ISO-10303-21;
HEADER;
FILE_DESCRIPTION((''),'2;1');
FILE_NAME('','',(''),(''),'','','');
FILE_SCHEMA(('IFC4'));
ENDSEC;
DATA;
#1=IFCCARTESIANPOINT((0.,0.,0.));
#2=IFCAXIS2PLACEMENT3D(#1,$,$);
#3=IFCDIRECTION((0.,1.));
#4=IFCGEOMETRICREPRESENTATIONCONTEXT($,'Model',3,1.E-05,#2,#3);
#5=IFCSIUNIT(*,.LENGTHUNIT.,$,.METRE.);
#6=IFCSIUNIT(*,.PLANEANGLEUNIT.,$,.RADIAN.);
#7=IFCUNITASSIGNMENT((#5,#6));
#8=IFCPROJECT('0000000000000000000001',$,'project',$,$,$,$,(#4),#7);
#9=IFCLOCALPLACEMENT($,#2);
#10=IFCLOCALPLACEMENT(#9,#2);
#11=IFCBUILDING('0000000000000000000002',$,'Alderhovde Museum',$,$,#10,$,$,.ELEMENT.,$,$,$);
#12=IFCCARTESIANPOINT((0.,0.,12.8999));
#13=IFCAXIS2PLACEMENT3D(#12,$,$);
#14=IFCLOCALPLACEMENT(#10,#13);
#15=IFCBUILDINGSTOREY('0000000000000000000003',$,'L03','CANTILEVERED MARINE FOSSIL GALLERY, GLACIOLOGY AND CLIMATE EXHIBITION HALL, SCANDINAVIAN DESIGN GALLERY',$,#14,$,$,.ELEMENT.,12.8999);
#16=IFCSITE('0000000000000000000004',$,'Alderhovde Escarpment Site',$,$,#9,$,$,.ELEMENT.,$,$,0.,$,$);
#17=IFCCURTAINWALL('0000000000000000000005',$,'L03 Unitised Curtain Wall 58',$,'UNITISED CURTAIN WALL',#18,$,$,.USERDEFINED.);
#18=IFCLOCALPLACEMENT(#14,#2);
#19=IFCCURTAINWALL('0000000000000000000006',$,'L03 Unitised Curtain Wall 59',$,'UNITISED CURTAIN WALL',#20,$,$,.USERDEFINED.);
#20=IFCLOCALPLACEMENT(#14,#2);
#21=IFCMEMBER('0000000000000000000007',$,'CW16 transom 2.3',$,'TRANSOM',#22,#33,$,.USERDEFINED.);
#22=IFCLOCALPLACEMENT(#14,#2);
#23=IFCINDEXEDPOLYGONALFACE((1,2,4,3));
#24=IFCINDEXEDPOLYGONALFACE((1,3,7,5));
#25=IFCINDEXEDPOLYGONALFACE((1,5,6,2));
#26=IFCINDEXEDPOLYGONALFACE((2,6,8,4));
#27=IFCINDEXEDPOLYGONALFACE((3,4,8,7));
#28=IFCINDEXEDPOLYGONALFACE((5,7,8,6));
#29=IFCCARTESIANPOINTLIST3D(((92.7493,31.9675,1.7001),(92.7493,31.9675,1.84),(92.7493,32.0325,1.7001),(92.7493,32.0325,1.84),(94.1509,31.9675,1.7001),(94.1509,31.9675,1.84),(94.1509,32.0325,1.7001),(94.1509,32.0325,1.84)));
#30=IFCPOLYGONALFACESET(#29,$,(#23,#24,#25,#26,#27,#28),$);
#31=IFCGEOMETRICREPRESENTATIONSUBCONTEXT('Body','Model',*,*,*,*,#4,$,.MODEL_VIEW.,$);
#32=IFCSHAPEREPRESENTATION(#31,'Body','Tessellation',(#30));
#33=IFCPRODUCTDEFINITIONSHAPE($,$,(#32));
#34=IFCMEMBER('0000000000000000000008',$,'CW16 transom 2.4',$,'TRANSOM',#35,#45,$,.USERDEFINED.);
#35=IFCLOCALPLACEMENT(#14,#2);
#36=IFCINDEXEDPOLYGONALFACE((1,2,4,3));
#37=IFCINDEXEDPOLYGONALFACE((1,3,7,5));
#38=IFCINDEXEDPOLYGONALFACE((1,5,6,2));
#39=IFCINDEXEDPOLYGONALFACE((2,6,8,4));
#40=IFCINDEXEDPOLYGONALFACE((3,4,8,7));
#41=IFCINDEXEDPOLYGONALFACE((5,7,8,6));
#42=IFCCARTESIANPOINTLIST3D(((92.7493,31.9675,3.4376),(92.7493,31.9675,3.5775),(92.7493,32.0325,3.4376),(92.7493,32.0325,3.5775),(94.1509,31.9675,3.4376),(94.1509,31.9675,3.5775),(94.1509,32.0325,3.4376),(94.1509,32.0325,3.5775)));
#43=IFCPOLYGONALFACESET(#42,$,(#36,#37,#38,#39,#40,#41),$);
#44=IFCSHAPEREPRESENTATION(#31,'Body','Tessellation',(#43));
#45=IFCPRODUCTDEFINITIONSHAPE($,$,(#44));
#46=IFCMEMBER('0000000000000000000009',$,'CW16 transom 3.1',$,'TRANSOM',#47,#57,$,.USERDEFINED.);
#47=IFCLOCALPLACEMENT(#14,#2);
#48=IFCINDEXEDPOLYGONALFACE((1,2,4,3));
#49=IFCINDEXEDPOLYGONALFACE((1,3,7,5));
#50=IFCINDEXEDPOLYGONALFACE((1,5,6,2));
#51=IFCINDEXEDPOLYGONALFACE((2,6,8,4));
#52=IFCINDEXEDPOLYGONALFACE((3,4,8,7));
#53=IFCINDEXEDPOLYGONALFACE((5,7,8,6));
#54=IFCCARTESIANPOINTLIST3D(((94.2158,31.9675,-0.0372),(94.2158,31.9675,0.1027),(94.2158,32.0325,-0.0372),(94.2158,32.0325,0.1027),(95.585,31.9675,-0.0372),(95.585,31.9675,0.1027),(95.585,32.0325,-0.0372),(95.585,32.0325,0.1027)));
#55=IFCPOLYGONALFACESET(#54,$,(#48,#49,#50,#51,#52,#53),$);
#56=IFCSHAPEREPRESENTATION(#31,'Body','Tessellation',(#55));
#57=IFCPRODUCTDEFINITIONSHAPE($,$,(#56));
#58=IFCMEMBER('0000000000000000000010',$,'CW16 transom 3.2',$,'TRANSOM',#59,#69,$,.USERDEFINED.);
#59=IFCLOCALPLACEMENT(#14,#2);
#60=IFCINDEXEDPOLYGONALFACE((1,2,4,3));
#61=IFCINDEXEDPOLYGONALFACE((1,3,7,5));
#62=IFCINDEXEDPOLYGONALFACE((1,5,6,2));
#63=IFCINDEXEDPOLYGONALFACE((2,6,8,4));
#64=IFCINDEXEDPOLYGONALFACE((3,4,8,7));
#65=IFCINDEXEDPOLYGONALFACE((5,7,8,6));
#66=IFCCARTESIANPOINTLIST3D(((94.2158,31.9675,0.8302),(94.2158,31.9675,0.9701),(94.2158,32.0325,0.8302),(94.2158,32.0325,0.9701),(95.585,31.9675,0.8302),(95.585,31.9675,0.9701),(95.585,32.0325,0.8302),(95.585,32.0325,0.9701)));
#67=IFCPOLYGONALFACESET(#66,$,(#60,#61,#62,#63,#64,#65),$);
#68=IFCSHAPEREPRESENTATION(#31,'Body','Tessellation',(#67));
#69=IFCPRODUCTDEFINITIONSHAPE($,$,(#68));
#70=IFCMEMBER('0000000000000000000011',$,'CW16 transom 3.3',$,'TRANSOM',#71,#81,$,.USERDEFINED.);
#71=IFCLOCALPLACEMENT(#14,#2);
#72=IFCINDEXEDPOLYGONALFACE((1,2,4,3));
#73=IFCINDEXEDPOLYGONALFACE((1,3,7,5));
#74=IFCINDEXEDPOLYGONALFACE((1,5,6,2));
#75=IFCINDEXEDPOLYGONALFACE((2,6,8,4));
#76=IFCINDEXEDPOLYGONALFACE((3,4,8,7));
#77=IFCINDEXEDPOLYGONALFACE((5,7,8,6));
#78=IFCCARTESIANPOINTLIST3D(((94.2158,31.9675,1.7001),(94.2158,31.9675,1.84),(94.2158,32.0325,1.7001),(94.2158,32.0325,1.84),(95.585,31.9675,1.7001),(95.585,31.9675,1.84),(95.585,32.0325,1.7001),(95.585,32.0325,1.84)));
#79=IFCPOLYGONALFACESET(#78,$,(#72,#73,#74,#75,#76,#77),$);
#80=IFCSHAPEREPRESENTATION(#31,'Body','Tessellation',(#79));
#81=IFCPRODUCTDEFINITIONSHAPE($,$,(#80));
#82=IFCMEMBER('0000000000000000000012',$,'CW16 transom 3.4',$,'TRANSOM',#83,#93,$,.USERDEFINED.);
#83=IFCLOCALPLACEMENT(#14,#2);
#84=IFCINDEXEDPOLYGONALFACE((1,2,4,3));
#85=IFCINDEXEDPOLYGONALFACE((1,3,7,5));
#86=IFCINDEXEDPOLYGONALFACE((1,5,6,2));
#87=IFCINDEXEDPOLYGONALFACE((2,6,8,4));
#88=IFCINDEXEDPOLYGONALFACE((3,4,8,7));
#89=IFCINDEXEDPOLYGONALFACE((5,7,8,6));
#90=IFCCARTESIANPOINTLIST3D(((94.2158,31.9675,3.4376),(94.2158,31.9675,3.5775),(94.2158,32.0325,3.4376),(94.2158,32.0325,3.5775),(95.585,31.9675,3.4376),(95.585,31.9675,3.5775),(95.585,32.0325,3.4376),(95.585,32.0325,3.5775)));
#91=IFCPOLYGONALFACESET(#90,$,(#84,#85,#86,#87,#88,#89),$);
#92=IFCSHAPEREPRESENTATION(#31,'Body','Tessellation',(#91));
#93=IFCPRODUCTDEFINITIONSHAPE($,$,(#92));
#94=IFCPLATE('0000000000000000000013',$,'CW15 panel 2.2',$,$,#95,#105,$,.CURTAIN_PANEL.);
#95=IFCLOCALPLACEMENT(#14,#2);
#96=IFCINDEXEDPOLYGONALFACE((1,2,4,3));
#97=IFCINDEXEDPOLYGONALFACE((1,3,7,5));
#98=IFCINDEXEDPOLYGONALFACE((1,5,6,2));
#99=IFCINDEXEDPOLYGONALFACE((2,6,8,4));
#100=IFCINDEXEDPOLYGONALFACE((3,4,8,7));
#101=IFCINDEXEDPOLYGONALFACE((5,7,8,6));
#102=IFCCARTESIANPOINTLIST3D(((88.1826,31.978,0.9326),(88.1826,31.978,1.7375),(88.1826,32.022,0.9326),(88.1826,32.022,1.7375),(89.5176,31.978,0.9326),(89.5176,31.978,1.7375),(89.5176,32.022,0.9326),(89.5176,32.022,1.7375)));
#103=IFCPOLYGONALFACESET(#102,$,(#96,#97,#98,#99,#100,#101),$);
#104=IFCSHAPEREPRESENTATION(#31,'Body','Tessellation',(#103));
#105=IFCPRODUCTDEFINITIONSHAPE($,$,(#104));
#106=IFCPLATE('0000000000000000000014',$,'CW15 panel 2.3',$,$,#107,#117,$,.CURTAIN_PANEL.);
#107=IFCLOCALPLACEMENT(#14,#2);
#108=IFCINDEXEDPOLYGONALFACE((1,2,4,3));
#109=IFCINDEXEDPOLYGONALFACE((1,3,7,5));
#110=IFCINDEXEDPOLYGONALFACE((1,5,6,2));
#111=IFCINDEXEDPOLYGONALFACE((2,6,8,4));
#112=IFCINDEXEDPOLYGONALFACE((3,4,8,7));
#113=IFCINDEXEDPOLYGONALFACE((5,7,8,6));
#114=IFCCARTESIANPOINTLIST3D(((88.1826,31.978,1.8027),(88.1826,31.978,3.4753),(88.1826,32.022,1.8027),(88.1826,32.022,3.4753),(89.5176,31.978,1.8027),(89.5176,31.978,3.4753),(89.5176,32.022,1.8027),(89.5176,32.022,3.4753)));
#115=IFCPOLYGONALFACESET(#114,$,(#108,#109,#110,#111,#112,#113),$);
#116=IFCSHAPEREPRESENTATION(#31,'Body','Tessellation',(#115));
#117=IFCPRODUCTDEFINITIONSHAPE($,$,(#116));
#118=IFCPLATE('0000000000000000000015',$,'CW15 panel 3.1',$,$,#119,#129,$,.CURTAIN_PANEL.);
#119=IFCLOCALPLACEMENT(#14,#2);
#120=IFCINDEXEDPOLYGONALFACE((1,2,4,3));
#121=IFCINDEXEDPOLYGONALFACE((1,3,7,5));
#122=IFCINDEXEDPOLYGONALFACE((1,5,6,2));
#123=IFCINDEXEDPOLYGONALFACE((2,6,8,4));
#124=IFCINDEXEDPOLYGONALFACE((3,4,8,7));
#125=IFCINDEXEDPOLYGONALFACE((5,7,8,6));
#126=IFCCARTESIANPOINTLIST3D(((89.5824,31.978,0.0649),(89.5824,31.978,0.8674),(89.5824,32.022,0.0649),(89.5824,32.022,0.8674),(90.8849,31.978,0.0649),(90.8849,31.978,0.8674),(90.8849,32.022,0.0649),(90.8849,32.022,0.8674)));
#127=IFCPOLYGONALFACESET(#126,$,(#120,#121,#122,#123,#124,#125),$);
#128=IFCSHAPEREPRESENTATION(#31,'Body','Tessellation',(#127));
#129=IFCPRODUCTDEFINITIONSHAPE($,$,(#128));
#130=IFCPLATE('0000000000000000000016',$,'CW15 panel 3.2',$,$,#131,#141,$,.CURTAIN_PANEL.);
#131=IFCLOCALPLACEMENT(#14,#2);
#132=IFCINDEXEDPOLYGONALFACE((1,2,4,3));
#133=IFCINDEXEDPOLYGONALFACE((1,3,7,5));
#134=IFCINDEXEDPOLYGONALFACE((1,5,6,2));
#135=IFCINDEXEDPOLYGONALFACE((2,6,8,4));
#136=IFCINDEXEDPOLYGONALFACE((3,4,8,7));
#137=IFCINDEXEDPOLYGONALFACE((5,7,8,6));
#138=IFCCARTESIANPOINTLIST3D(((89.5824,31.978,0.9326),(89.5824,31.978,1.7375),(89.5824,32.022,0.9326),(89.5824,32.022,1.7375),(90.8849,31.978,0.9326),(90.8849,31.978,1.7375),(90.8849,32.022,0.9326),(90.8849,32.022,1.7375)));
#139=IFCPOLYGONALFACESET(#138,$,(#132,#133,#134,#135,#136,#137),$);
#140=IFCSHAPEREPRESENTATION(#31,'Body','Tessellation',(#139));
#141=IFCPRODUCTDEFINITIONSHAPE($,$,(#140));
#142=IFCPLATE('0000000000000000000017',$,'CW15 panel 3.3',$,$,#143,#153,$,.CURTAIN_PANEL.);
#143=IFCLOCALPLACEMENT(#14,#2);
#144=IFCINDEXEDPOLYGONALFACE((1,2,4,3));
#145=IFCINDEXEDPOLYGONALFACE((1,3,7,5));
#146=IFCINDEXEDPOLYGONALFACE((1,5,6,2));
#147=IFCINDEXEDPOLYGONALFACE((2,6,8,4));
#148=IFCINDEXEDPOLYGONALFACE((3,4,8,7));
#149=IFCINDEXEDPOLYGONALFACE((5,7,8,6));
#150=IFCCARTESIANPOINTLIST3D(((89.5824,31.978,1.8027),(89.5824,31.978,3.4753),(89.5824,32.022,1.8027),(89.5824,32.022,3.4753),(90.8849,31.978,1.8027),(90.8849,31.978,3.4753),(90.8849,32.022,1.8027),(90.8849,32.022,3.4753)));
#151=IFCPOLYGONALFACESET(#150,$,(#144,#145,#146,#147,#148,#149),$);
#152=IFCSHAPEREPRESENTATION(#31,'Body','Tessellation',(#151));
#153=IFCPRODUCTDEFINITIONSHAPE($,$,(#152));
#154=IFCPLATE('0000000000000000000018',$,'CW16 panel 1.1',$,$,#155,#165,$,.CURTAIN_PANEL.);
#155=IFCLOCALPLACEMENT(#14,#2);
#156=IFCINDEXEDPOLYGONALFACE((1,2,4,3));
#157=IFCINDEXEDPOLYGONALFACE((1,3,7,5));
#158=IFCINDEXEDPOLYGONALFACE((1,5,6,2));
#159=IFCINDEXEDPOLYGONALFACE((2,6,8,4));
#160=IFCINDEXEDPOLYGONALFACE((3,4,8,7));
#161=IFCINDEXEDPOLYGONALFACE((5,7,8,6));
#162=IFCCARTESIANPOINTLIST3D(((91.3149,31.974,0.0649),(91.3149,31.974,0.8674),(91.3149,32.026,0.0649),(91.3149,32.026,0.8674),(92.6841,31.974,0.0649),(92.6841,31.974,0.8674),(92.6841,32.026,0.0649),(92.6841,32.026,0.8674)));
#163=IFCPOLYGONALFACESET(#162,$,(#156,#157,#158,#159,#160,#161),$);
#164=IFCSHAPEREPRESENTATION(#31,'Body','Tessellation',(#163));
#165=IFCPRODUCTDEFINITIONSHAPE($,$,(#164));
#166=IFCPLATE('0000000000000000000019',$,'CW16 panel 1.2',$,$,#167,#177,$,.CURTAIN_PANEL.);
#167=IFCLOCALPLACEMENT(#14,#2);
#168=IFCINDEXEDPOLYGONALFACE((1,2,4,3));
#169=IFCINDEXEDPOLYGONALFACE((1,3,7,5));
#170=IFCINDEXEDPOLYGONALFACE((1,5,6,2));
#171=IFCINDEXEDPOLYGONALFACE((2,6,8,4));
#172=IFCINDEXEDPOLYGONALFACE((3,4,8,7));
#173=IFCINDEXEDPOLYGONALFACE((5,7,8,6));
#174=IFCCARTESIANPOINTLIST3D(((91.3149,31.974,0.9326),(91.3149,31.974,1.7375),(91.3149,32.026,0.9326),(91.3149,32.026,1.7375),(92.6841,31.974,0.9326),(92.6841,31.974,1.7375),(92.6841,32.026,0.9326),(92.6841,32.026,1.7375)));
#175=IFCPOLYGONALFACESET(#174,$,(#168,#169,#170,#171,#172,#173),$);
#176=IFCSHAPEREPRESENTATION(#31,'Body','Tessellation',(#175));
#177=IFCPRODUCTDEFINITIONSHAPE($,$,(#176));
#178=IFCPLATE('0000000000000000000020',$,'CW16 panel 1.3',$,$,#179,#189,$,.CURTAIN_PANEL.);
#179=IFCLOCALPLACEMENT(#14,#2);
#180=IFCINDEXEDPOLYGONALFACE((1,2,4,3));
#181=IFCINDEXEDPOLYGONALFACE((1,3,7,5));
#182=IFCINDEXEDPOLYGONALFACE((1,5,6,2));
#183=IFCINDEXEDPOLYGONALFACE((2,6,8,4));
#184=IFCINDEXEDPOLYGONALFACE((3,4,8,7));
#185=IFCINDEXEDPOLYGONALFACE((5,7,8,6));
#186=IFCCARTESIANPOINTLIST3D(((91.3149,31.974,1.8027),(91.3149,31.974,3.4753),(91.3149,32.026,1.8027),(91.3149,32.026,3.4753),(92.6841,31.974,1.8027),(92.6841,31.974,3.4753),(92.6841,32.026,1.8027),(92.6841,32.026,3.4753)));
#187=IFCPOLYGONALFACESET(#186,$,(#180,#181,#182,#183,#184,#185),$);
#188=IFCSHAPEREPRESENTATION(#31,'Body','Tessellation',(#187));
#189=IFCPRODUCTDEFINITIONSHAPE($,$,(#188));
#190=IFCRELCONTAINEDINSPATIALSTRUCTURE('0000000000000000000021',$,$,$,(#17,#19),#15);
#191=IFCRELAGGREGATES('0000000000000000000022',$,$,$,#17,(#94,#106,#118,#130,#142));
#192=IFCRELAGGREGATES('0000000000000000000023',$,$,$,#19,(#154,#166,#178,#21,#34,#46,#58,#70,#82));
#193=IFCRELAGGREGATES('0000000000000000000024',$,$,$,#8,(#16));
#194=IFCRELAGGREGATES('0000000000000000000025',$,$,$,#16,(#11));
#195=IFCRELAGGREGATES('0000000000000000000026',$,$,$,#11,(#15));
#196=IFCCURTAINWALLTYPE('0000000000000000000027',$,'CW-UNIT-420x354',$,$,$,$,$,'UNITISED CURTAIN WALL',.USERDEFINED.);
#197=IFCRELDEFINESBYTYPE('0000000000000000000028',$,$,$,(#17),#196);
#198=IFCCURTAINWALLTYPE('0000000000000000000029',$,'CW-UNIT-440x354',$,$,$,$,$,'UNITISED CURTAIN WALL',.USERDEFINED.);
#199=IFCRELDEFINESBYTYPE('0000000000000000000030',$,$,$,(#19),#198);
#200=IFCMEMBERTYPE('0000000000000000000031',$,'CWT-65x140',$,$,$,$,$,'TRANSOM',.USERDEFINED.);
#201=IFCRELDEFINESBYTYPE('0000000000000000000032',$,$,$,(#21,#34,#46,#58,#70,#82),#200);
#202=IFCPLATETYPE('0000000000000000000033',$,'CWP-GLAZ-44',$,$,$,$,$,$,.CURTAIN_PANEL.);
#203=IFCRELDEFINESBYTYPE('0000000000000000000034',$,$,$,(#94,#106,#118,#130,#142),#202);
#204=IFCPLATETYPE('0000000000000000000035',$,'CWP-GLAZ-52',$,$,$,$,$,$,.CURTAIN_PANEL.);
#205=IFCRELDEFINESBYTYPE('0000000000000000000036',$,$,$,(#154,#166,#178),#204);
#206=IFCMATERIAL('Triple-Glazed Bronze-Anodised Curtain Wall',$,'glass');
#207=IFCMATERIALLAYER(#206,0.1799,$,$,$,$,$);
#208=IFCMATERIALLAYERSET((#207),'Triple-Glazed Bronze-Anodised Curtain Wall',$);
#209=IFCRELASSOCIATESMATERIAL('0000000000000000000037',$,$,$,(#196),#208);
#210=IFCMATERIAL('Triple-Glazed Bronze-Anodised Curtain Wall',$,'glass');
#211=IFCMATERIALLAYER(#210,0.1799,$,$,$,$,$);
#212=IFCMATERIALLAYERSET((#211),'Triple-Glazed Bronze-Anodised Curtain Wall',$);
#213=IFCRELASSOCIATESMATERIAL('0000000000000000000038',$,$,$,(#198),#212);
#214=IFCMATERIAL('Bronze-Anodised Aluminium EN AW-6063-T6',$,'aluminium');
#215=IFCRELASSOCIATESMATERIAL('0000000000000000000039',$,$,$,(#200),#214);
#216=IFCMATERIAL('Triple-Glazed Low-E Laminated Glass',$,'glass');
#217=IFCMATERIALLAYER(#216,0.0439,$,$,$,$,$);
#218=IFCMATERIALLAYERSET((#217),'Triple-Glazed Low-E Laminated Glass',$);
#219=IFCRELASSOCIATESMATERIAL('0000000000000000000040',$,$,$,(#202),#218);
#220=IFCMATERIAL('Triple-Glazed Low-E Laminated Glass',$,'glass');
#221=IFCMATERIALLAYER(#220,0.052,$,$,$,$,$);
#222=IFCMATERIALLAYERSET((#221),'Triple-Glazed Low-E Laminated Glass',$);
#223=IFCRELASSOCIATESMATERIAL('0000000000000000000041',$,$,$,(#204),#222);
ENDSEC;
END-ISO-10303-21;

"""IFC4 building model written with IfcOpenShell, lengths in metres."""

from ifc_helpers import new_model, si_unit, direction, frame, origin, origin_2d, place, context, subcontext, project, spatial, rectangle, extrude, material, layer, layer_set, material_profile, profile_set, type_object, element, aggregate, save


model = new_model("IFC4")

# Units and contexts
model_context = context("Model", 3, precision=1e-05, world=origin(), true_north=direction((0.0, 1.0)))
body_context = subcontext(model_context, "Body", "Model", "MODEL_VIEW")
ifc_project = project(units=[si_unit("LENGTHUNIT", "METRE"), si_unit("PLANEANGLEUNIT", "RADIAN")], contexts=[model_context])

# Site, building, storey
site_placement = place(None, origin())
site = spatial("IfcSite", under=ifc_project, at=site_placement, Name="Alderhovde Escarpment Site", CompositionType="ELEMENT", RefElevation=0.0)
building_placement = place(site_placement, origin())
building = spatial("IfcBuilding", under=site, at=building_placement, Name="Alderhovde Museum", CompositionType="ELEMENT")
storey_placement = place(building_placement, frame((0.0, 0.0, 12.8999)))
storey = spatial("IfcBuildingStorey", under=building, at=storey_placement, Name="L03", Description="CANTILEVERED MARINE FOSSIL GALLERY, GLACIOLOGY AND CLIMATE EXHIBITION HALL, SCANDINAVIAN DESIGN GALLERY", CompositionType="ELEMENT", Elevation=12.8999)

# Curtain walls
ifc_material_1 = material(Name="Triple-Glazed Bronze-Anodised Curtain Wall", Category="glass")
ifc_layer_1 = layer(ifc_material_1, 0.1799)
ifc_layer_set_1 = layer_set([ifc_layer_1], Name="Triple-Glazed Bronze-Anodised Curtain Wall")
curtain_wall_type_1 = type_object("IfcCurtainWallType", Name="CW-UNIT-420x354", ElementType="UNITISED CURTAIN WALL", PredefinedType="USERDEFINED", material=ifc_layer_set_1)
curtain_wall_1_placement = place(storey_placement, origin())
curtain_wall_1 = element("IfcCurtainWall", 1, at=curtain_wall_1_placement, inside=storey, type_object=curtain_wall_type_1, Name="L03 Unitised Curtain Wall 58", ObjectType="UNITISED CURTAIN WALL", PredefinedType="USERDEFINED")
ifc_material_2 = material(Name="Triple-Glazed Bronze-Anodised Curtain Wall", Category="glass")
ifc_layer_2 = layer(ifc_material_2, 0.1799)
ifc_layer_set_2 = layer_set([ifc_layer_2], Name="Triple-Glazed Bronze-Anodised Curtain Wall")
curtain_wall_type_2 = type_object("IfcCurtainWallType", Name="CW-UNIT-440x354", ElementType="UNITISED CURTAIN WALL", PredefinedType="USERDEFINED", material=ifc_layer_set_2)
curtain_wall_2_placement = place(storey_placement, origin())
curtain_wall_2 = element("IfcCurtainWall", 2, at=curtain_wall_2_placement, inside=storey, type_object=curtain_wall_type_2, Name="L03 Unitised Curtain Wall 59", ObjectType="UNITISED CURTAIN WALL", PredefinedType="USERDEFINED")

# Members
ifc_material_3 = material(Name="Bronze-Anodised Aluminium EN AW-6063-T6", Category="aluminium")
ifc_material_profile_1 = material_profile(ifc_material_3, rectangle(XDim=0.0649, YDim=0.1399, at=origin_2d()), Name="TRANSOM 65x140")
ifc_profile_set_1 = profile_set([ifc_material_profile_1], Name="Bronze-Anodised Aluminium EN AW-6063-T6")
member_type_1 = type_object("IfcMemberType", Name="CWT-65x140", ElementType="TRANSOM", PredefinedType="USERDEFINED", material=ifc_profile_set_1)
member_1_placement = place(storey_placement, frame((92.7493, 32.0, 1.77), z_axis=(1.0, 0.0, 0.0), x_axis=(0.0, 1.0, 0.0)))
member_1 = element("IfcMember", 3, at=member_1_placement, type_object=member_type_1, Name="CW16 transom 2.3", ObjectType="TRANSOM", PredefinedType="USERDEFINED", context=body_context, shape_type="SweptSolid", body=[
    extrude(rectangle(XDim=0.0649, YDim=0.1399, at=origin_2d()), origin(), (0.0, 0.0, 1.0), 1.4016),
])
member_2_placement = place(storey_placement, frame((92.7493, 32.0, 3.5076), z_axis=(1.0, 0.0, 0.0), x_axis=(0.0, 1.0, 0.0)))
member_2 = element("IfcMember", 4, at=member_2_placement, type_object=member_type_1, Name="CW16 transom 2.4", ObjectType="TRANSOM", PredefinedType="USERDEFINED", context=body_context, shape_type="SweptSolid", body=[
    extrude(rectangle(XDim=0.0649, YDim=0.1399, at=origin_2d()), origin(), (0.0, 0.0, 1.0), 1.4016),
])
member_3_placement = place(storey_placement, frame((94.2158, 32.0, 0.0327), z_axis=(1.0, 0.0, 0.0), x_axis=(0.0, 1.0, 0.0)))
member_3 = element("IfcMember", 5, at=member_3_placement, type_object=member_type_1, Name="CW16 transom 3.1", ObjectType="TRANSOM", PredefinedType="USERDEFINED", context=body_context, shape_type="SweptSolid", body=[
    extrude(rectangle(XDim=0.0649, YDim=0.1399, at=origin_2d()), origin(), (0.0, 0.0, 1.0), 1.3691),
])
member_4_placement = place(storey_placement, frame((94.2158, 32.0, 0.9001), z_axis=(1.0, 0.0, 0.0), x_axis=(0.0, 1.0, 0.0)))
member_4 = element("IfcMember", 6, at=member_4_placement, type_object=member_type_1, Name="CW16 transom 3.2", ObjectType="TRANSOM", PredefinedType="USERDEFINED", context=body_context, shape_type="SweptSolid", body=[
    extrude(rectangle(XDim=0.0649, YDim=0.1399, at=origin_2d()), origin(), (0.0, 0.0, 1.0), 1.3691),
])
member_5_placement = place(storey_placement, frame((94.2158, 32.0, 1.77), z_axis=(1.0, 0.0, 0.0), x_axis=(0.0, 1.0, 0.0)))
member_5 = element("IfcMember", 7, at=member_5_placement, type_object=member_type_1, Name="CW16 transom 3.3", ObjectType="TRANSOM", PredefinedType="USERDEFINED", context=body_context, shape_type="SweptSolid", body=[
    extrude(rectangle(XDim=0.0649, YDim=0.1399, at=origin_2d()), origin(), (0.0, 0.0, 1.0), 1.3691),
])
member_6_placement = place(storey_placement, frame((94.2158, 32.0, 3.5076), z_axis=(1.0, 0.0, 0.0), x_axis=(0.0, 1.0, 0.0)))
member_6 = element("IfcMember", 8, at=member_6_placement, type_object=member_type_1, Name="CW16 transom 3.4", ObjectType="TRANSOM", PredefinedType="USERDEFINED", context=body_context, shape_type="SweptSolid", body=[
    extrude(rectangle(XDim=0.0649, YDim=0.1399, at=origin_2d()), origin(), (0.0, 0.0, 1.0), 1.3691),
])

# Plates
ifc_material_4 = material(Name="Triple-Glazed Low-E Laminated Glass", Category="glass")
ifc_layer_3 = layer(ifc_material_4, 0.0439)
ifc_layer_set_3 = layer_set([ifc_layer_3], Name="Triple-Glazed Low-E Laminated Glass")
plate_type_1 = type_object("IfcPlateType", Name="CWP-GLAZ-44", PredefinedType="CURTAIN_PANEL", material=ifc_layer_set_3)
plate_1_placement = place(storey_placement, frame((88.8501, 32.0, 0.9326), z_axis=(0.0, 0.0, 1.0), x_axis=(1.0, 0.0, 0.0)))
plate_1 = element("IfcPlate", 9, at=plate_1_placement, type_object=plate_type_1, Name="CW15 panel 2.2", PredefinedType="CURTAIN_PANEL", context=body_context, shape_type="SweptSolid", body=[
    extrude(rectangle(XDim=1.335, YDim=0.0439, at=origin_2d()), origin(), (0.0, 0.0, 1.0), 0.8049),
])
plate_2_placement = place(storey_placement, frame((88.8501, 32.0, 1.8027), z_axis=(0.0, 0.0, 1.0), x_axis=(1.0, 0.0, 0.0)))
plate_2 = element("IfcPlate", 10, at=plate_2_placement, type_object=plate_type_1, Name="CW15 panel 2.3", PredefinedType="CURTAIN_PANEL", context=body_context, shape_type="SweptSolid", body=[
    extrude(rectangle(XDim=1.335, YDim=0.0439, at=origin_2d()), origin(), (0.0, 0.0, 1.0), 1.6726),
])
plate_3_placement = place(storey_placement, frame((90.2336, 32.0, 0.0649), z_axis=(0.0, 0.0, 1.0), x_axis=(1.0, 0.0, 0.0)))
plate_3 = element("IfcPlate", 11, at=plate_3_placement, type_object=plate_type_1, Name="CW15 panel 3.1", PredefinedType="CURTAIN_PANEL", context=body_context, shape_type="SweptSolid", body=[
    extrude(rectangle(XDim=1.3025, YDim=0.0439, at=origin_2d()), origin(), (0.0, 0.0, 1.0), 0.8025),
])
plate_4_placement = place(storey_placement, frame((90.2336, 32.0, 0.9326), z_axis=(0.0, 0.0, 1.0), x_axis=(1.0, 0.0, 0.0)))
plate_4 = element("IfcPlate", 12, at=plate_4_placement, type_object=plate_type_1, Name="CW15 panel 3.2", PredefinedType="CURTAIN_PANEL", context=body_context, shape_type="SweptSolid", body=[
    extrude(rectangle(XDim=1.3025, YDim=0.0439, at=origin_2d()), origin(), (0.0, 0.0, 1.0), 0.8049),
])
plate_5_placement = place(storey_placement, frame((90.2336, 32.0, 1.8027), z_axis=(0.0, 0.0, 1.0), x_axis=(1.0, 0.0, 0.0)))
plate_5 = element("IfcPlate", 13, at=plate_5_placement, type_object=plate_type_1, Name="CW15 panel 3.3", PredefinedType="CURTAIN_PANEL", context=body_context, shape_type="SweptSolid", body=[
    extrude(rectangle(XDim=1.3025, YDim=0.0439, at=origin_2d()), origin(), (0.0, 0.0, 1.0), 1.6726),
])
aggregate(curtain_wall_1, [plate_1, plate_2, plate_3, plate_4, plate_5])
ifc_material_5 = material(Name="Triple-Glazed Low-E Laminated Glass", Category="glass")
ifc_layer_4 = layer(ifc_material_5, 0.052)
ifc_layer_set_4 = layer_set([ifc_layer_4], Name="Triple-Glazed Low-E Laminated Glass")
plate_type_2 = type_object("IfcPlateType", Name="CWP-GLAZ-52", PredefinedType="CURTAIN_PANEL", material=ifc_layer_set_4)
plate_6_placement = place(storey_placement, frame((91.9995, 32.0, 0.0649), z_axis=(0.0, 0.0, 1.0), x_axis=(1.0, 0.0, 0.0)))
plate_6 = element("IfcPlate", 14, at=plate_6_placement, type_object=plate_type_2, Name="CW16 panel 1.1", PredefinedType="CURTAIN_PANEL", context=body_context, shape_type="SweptSolid", body=[
    extrude(rectangle(XDim=1.3691, YDim=0.052, at=origin_2d()), origin(), (0.0, 0.0, 1.0), 0.8025),
])
plate_7_placement = place(storey_placement, frame((91.9995, 32.0, 0.9326), z_axis=(0.0, 0.0, 1.0), x_axis=(1.0, 0.0, 0.0)))
plate_7 = element("IfcPlate", 15, at=plate_7_placement, type_object=plate_type_2, Name="CW16 panel 1.2", PredefinedType="CURTAIN_PANEL", context=body_context, shape_type="SweptSolid", body=[
    extrude(rectangle(XDim=1.3691, YDim=0.052, at=origin_2d()), origin(), (0.0, 0.0, 1.0), 0.8049),
])
plate_8_placement = place(storey_placement, frame((91.9995, 32.0, 1.8027), z_axis=(0.0, 0.0, 1.0), x_axis=(1.0, 0.0, 0.0)))
plate_8 = element("IfcPlate", 16, at=plate_8_placement, type_object=plate_type_2, Name="CW16 panel 1.3", PredefinedType="CURTAIN_PANEL", context=body_context, shape_type="SweptSolid", body=[
    extrude(rectangle(XDim=1.3691, YDim=0.052, at=origin_2d()), origin(), (0.0, 0.0, 1.0), 1.6726),
])
aggregate(curtain_wall_2, [plate_6, plate_7, plate_8, member_1, member_2, member_3, member_4, member_5, member_6])

save(model, "model.ifc")
